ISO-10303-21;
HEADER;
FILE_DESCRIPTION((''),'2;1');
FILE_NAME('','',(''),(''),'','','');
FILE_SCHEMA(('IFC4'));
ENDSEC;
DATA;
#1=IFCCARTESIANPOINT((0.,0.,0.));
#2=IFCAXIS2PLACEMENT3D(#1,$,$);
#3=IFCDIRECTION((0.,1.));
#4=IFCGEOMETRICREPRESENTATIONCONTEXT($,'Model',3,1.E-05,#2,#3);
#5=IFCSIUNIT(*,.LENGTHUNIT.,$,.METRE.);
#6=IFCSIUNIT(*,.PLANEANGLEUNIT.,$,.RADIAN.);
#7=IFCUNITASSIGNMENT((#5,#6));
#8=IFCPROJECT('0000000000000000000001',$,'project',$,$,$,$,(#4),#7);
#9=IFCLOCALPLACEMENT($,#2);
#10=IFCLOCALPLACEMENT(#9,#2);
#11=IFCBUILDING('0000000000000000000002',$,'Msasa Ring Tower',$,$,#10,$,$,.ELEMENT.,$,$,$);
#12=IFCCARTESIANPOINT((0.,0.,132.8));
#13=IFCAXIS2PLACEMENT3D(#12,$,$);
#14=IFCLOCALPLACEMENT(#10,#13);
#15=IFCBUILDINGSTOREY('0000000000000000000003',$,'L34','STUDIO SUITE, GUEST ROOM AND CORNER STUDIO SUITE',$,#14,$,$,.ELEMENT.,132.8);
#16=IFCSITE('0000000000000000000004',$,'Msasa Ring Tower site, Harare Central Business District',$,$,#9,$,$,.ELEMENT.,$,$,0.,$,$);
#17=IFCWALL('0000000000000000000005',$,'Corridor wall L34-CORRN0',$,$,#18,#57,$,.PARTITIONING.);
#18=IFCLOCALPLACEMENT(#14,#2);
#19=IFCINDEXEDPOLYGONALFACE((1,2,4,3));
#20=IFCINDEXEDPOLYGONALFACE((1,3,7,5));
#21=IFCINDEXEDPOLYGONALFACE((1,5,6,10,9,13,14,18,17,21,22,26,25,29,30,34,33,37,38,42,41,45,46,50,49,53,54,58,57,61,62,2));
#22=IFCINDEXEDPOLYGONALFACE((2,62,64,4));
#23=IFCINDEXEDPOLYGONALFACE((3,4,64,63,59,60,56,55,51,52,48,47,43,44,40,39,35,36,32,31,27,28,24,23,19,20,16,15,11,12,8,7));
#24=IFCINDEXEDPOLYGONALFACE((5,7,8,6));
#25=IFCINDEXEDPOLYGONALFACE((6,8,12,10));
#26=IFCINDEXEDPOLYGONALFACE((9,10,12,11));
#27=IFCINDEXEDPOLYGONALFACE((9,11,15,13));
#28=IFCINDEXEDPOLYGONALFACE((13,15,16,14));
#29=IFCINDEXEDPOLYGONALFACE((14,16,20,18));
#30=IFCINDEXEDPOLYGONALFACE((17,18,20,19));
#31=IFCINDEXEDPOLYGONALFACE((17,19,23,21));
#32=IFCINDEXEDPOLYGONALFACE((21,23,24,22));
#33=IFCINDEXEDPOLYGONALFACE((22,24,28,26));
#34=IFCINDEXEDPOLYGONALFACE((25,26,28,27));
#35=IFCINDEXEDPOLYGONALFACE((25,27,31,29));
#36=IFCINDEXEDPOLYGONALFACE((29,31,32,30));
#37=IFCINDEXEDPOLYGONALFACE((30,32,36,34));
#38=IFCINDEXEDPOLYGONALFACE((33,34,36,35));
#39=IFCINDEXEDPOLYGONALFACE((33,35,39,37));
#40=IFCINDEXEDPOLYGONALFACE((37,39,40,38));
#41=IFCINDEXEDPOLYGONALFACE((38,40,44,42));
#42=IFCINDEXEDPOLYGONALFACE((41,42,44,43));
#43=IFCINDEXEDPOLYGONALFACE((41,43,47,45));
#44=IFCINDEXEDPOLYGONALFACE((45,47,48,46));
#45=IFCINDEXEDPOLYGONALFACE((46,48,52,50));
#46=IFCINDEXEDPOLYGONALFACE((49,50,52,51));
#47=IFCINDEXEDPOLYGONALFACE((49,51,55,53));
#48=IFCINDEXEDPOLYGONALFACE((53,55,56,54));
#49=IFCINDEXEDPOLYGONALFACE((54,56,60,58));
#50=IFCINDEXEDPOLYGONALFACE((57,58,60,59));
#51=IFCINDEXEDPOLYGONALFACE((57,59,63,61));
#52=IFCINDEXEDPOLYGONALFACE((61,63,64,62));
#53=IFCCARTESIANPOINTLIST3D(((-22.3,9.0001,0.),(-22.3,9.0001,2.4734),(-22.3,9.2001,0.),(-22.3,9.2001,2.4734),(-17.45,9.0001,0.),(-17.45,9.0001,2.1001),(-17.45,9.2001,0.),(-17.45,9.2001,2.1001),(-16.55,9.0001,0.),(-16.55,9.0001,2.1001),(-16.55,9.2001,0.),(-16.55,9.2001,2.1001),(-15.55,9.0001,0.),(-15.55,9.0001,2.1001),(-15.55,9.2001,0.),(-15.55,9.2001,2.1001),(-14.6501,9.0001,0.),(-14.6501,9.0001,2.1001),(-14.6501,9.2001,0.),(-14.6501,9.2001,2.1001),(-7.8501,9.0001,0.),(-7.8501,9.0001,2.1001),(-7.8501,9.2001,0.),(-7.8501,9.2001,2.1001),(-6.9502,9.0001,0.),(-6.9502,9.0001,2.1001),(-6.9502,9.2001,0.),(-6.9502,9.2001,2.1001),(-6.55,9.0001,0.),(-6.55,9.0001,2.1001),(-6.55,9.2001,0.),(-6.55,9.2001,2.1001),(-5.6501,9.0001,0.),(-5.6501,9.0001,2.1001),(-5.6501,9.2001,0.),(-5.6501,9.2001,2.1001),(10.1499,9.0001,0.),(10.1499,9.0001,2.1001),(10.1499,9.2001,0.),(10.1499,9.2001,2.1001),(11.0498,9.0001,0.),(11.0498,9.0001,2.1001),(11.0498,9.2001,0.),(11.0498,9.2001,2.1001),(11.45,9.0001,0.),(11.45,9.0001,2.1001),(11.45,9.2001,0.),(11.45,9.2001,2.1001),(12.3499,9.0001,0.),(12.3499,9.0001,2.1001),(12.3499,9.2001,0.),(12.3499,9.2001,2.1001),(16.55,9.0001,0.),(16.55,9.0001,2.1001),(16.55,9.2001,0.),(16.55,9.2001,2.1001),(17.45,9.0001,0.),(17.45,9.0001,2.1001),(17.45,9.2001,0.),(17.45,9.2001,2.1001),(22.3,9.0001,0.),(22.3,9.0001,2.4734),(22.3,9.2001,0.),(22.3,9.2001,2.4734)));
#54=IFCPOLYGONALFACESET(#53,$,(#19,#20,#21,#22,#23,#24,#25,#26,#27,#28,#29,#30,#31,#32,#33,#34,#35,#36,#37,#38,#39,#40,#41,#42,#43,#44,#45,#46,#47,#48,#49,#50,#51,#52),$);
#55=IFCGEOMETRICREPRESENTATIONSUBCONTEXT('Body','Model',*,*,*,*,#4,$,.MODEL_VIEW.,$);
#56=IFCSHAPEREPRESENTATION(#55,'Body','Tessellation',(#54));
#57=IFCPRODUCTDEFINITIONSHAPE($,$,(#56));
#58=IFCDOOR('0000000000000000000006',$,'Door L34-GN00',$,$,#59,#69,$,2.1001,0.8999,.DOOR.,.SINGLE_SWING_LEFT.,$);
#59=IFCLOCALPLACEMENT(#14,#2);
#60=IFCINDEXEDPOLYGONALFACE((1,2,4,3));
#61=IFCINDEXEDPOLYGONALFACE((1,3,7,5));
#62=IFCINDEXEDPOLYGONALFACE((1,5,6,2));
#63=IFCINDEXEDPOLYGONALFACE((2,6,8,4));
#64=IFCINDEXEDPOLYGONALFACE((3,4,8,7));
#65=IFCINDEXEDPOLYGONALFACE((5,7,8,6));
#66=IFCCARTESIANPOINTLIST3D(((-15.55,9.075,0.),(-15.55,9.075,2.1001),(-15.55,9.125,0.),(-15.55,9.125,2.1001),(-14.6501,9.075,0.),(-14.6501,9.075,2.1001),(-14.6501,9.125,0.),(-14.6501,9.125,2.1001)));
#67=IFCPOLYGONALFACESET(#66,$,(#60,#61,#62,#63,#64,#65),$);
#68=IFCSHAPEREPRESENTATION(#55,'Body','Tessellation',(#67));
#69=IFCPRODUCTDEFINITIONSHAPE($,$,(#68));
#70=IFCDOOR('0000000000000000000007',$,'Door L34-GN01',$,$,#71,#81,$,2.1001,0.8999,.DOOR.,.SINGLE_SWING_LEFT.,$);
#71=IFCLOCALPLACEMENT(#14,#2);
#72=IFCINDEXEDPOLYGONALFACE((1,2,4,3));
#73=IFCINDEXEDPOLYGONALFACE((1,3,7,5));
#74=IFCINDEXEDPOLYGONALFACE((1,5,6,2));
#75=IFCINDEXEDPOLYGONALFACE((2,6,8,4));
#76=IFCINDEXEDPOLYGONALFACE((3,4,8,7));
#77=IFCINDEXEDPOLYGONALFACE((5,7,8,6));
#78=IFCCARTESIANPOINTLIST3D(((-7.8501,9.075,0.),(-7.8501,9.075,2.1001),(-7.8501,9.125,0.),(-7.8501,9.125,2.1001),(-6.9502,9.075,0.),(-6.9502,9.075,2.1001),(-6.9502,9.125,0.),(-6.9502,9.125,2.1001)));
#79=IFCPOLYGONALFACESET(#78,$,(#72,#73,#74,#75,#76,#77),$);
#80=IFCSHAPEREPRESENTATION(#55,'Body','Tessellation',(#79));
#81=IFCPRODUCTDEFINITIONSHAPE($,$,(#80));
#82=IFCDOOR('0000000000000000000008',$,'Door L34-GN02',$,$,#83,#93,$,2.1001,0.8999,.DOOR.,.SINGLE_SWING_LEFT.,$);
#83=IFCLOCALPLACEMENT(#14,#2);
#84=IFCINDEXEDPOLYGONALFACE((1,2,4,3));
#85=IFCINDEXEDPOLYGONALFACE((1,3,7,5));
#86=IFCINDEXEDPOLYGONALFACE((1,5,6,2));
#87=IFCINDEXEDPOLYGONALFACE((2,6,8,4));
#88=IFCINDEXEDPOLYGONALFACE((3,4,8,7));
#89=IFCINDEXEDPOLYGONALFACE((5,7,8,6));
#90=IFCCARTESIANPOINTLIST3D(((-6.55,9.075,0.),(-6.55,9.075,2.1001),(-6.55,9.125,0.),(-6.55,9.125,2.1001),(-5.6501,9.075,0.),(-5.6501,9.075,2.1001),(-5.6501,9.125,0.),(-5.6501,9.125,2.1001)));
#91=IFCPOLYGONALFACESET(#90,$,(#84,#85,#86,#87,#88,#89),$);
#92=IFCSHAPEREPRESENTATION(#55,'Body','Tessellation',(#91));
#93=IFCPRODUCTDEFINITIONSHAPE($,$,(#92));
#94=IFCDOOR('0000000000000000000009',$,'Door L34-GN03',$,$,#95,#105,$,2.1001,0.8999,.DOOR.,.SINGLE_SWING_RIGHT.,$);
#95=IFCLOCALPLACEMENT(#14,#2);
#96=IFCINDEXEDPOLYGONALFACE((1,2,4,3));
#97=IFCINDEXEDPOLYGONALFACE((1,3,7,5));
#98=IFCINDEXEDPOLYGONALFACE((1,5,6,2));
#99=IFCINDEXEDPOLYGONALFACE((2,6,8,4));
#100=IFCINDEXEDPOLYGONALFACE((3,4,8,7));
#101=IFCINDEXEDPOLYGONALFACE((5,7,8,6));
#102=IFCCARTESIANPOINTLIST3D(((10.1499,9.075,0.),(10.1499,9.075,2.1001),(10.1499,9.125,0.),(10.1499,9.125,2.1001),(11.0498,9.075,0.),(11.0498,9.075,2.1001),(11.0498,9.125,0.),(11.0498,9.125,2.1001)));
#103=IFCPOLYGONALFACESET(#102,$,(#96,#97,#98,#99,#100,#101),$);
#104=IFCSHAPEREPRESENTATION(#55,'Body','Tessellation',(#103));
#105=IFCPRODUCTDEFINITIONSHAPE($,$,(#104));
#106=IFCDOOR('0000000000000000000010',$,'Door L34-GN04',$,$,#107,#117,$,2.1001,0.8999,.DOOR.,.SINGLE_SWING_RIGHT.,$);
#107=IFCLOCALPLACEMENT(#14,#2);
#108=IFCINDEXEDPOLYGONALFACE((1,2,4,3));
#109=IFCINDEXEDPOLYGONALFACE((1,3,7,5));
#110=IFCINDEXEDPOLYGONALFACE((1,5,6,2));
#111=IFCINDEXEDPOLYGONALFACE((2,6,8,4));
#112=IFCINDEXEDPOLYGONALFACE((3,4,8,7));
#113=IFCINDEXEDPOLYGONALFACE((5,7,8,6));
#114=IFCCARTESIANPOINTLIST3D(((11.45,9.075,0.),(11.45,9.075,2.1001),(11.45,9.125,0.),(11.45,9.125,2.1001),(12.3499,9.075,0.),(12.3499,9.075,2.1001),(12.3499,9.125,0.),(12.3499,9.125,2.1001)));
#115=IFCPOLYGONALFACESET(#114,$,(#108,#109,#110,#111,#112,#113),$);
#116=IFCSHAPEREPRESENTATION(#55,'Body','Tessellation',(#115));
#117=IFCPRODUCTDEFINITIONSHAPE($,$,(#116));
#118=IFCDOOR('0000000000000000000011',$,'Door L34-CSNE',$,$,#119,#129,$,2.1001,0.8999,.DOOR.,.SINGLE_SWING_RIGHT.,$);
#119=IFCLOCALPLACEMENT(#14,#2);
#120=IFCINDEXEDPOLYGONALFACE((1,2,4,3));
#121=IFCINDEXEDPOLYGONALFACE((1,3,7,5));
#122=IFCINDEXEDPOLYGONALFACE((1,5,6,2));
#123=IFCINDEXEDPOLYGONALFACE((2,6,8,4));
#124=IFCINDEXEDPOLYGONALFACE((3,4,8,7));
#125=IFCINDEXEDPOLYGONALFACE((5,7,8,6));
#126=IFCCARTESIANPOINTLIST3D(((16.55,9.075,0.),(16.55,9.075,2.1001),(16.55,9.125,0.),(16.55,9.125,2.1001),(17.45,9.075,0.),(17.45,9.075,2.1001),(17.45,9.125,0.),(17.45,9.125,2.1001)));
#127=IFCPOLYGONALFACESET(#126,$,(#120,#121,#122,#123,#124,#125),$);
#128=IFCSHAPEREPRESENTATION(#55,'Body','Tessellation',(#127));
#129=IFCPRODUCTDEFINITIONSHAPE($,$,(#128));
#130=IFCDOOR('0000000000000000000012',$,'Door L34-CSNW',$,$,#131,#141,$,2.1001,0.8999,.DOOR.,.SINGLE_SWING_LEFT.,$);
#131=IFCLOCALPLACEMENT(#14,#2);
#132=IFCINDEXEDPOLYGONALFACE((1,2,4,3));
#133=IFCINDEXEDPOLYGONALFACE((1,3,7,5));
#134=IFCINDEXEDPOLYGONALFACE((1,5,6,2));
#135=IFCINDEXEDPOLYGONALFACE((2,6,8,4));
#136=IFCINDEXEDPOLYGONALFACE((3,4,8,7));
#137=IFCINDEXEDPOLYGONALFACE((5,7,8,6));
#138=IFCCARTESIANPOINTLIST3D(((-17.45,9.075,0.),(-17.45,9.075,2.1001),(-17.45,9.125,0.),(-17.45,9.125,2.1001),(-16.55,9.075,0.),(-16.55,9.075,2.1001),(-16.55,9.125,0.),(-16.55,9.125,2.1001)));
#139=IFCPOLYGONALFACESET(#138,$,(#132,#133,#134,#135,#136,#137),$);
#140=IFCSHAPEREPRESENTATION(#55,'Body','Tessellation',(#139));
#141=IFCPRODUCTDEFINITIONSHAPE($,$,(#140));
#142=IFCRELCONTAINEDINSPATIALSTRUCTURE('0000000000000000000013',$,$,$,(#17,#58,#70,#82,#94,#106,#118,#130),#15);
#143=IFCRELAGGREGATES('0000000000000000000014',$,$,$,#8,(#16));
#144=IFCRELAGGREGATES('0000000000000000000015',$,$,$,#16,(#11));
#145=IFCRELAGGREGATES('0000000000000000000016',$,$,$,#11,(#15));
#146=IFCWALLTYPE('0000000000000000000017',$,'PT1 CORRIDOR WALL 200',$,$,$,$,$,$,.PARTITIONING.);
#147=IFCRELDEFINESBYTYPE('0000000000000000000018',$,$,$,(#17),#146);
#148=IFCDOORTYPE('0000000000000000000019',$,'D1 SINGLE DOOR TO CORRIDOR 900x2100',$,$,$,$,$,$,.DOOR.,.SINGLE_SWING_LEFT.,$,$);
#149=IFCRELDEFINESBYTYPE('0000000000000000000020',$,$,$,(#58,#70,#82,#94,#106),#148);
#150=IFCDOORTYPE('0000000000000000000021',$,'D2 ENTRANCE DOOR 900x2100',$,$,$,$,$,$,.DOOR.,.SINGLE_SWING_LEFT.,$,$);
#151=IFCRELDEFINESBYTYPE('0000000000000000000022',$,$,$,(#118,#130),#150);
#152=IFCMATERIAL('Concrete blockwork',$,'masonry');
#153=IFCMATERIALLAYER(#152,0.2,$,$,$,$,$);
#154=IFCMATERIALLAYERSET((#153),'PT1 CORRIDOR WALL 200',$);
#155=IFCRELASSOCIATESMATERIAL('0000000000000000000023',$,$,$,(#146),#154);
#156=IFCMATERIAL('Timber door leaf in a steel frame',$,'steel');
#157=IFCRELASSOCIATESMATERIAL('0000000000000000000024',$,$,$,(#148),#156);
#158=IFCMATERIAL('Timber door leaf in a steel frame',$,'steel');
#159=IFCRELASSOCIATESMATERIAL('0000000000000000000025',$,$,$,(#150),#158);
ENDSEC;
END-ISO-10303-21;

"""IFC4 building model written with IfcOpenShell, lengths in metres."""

from ifc_helpers import new_model, si_unit, direction, frame, frame_2d, origin, place, context, subcontext, project, spatial, rectangle, extrude, material, layer, layer_set, type_object, element, fill, save


model = new_model("IFC4")

# Units and contexts
model_context = context("Model", 3, precision=1e-05, world=origin(), true_north=direction((0.0, 1.0)))
body_context = subcontext(model_context, "Body", "Model", "MODEL_VIEW")
ifc_project = project(units=[si_unit("LENGTHUNIT", "METRE"), si_unit("PLANEANGLEUNIT", "RADIAN")], contexts=[model_context])

# Site, building, storey
site_placement = place(None, origin())
site = spatial("IfcSite", under=ifc_project, at=site_placement, Name="Msasa Ring Tower site, Harare Central Business District", CompositionType="ELEMENT", RefElevation=0.0)
building_placement = place(site_placement, origin())
building = spatial("IfcBuilding", under=site, at=building_placement, Name="Msasa Ring Tower", CompositionType="ELEMENT")
storey_placement = place(building_placement, frame((0.0, 0.0, 132.8)))
storey = spatial("IfcBuildingStorey", under=building, at=storey_placement, Name="L34", Description="STUDIO SUITE, GUEST ROOM AND CORNER STUDIO SUITE", CompositionType="ELEMENT", Elevation=132.8)

# Wall, openings, doors
ifc_material_1 = material(Name="Concrete blockwork", Category="masonry")
ifc_layer_1 = layer(ifc_material_1, 0.2)
ifc_layer_set_1 = layer_set([ifc_layer_1], Name="PT1 CORRIDOR WALL 200")
wall_type_1 = type_object("IfcWallType", Name="PT1 CORRIDOR WALL 200", PredefinedType="PARTITIONING", material=ifc_layer_set_1)
wall_1_placement = place(storey_placement, frame((-22.3, 9.1001, 0.0), z_axis=(0.0, 0.0, 1.0), x_axis=(1.0, 0.0, 0.0)))
wall_1 = element("IfcWall", 1, at=wall_1_placement, inside=storey, type_object=wall_type_1, Name="Corridor wall L34-CORRN0", PredefinedType="PARTITIONING", context=body_context, shape_type="SweptSolid", body=[
    extrude(rectangle(XDim=44.6001, YDim=0.2, at=frame_2d((22.3, 0.0))), origin(), (0.0, 0.0, 1.0), 2.4734),
])
opening_1_placement = place(wall_1_placement, frame((6.75, 0.0, 0.0)))
opening_1 = element("IfcOpeningElement", 2, at=opening_1_placement, cuts=wall_1, PredefinedType="OPENING", context=body_context, shape_type="SweptSolid", body=[
    extrude(rectangle(XDim=0.8999, YDim=2.1001, at=frame_2d((0.45, 1.05))), frame((0.0, 0.1099, 0.0), z_axis=(0.0, -1.0, 0.0), x_axis=(1.0, 0.0, 0.0)), (0.0, 0.0, 1.0), 0.22),
])
opening_2_placement = place(wall_1_placement, frame((14.45, 0.0, 0.0)))
opening_2 = element("IfcOpeningElement", 3, at=opening_2_placement, cuts=wall_1, PredefinedType="OPENING", context=body_context, shape_type="SweptSolid", body=[
    extrude(rectangle(XDim=0.8999, YDim=2.1001, at=frame_2d((0.45, 1.05))), frame((0.0, 0.1099, 0.0), z_axis=(0.0, -1.0, 0.0), x_axis=(1.0, 0.0, 0.0)), (0.0, 0.0, 1.0), 0.22),
])
opening_3_placement = place(wall_1_placement, frame((15.75, 0.0, 0.0)))
opening_3 = element("IfcOpeningElement", 4, at=opening_3_placement, cuts=wall_1, PredefinedType="OPENING", context=body_context, shape_type="SweptSolid", body=[
    extrude(rectangle(XDim=0.8999, YDim=2.1001, at=frame_2d((0.45, 1.05))), frame((0.0, 0.1099, 0.0), z_axis=(0.0, -1.0, 0.0), x_axis=(1.0, 0.0, 0.0)), (0.0, 0.0, 1.0), 0.22),
])
opening_4_placement = place(wall_1_placement, frame((32.45, 0.0, 0.0)))
opening_4 = element("IfcOpeningElement", 5, at=opening_4_placement, cuts=wall_1, PredefinedType="OPENING", context=body_context, shape_type="SweptSolid", body=[
    extrude(rectangle(XDim=0.8999, YDim=2.1001, at=frame_2d((0.45, 1.05))), frame((0.0, 0.1099, 0.0), z_axis=(0.0, -1.0, 0.0), x_axis=(1.0, 0.0, 0.0)), (0.0, 0.0, 1.0), 0.22),
])
opening_5_placement = place(wall_1_placement, frame((33.75, 0.0, 0.0)))
opening_5 = element("IfcOpeningElement", 6, at=opening_5_placement, cuts=wall_1, PredefinedType="OPENING", context=body_context, shape_type="SweptSolid", body=[
    extrude(rectangle(XDim=0.8999, YDim=2.1001, at=frame_2d((0.45, 1.05))), frame((0.0, 0.1099, 0.0), z_axis=(0.0, -1.0, 0.0), x_axis=(1.0, 0.0, 0.0)), (0.0, 0.0, 1.0), 0.22),
])
opening_6_placement = place(wall_1_placement, frame((38.8501, 0.0, 0.0)))
opening_6 = element("IfcOpeningElement", 7, at=opening_6_placement, cuts=wall_1, PredefinedType="OPENING", context=body_context, shape_type="SweptSolid", body=[
    extrude(rectangle(XDim=0.8999, YDim=2.1001, at=frame_2d((0.45, 1.05))), frame((0.0, 0.1099, 0.0), z_axis=(0.0, -1.0, 0.0), x_axis=(1.0, 0.0, 0.0)), (0.0, 0.0, 1.0), 0.22),
])
opening_7_placement = place(wall_1_placement, frame((4.8501, 0.0, 0.0)))
opening_7 = element("IfcOpeningElement", 8, at=opening_7_placement, cuts=wall_1, PredefinedType="OPENING", context=body_context, shape_type="SweptSolid", body=[
    extrude(rectangle(XDim=0.8999, YDim=2.1001, at=frame_2d((0.45, 1.05))), frame((0.0, 0.1099, 0.0), z_axis=(0.0, -1.0, 0.0), x_axis=(1.0, 0.0, 0.0)), (0.0, 0.0, 1.0), 0.22),
])
ifc_material_2 = material(Name="Timber door leaf in a steel frame", Category="steel")
door_type_1 = type_object("IfcDoorType", Name="D1 SINGLE DOOR TO CORRIDOR 900x2100", OperationType="SINGLE_SWING_LEFT", PredefinedType="DOOR", material=ifc_material_2)
door_1_placement = place(opening_1_placement, origin())
door_1 = element("IfcDoor", 9, at=door_1_placement, inside=storey, type_object=door_type_1, Name="Door L34-GN00", OperationType="SINGLE_SWING_LEFT", OverallHeight=2.1001, OverallWidth=0.8999, PredefinedType="DOOR", context=body_context, shape_type="SweptSolid", body=[
    extrude(rectangle(XDim=0.8999, YDim=2.1001, at=frame_2d((0.45, 1.05))), frame((0.0, 0.0249, 0.0), z_axis=(0.0, -1.0, 0.0), x_axis=(1.0, 0.0, 0.0)), (0.0, 0.0, 1.0), 0.05),
])
fill(opening_1, door_1)
door_2_placement = place(opening_2_placement, origin())
door_2 = element("IfcDoor", 10, at=door_2_placement, inside=storey, type_object=door_type_1, Name="Door L34-GN01", OperationType="SINGLE_SWING_LEFT", OverallHeight=2.1001, OverallWidth=0.8999, PredefinedType="DOOR", context=body_context, shape_type="SweptSolid", body=[
    extrude(rectangle(XDim=0.8999, YDim=2.1001, at=frame_2d((0.45, 1.05))), frame((0.0, 0.0249, 0.0), z_axis=(0.0, -1.0, 0.0), x_axis=(1.0, 0.0, 0.0)), (0.0, 0.0, 1.0), 0.05),
])
fill(opening_2, door_2)
door_3_placement = place(opening_3_placement, origin())
door_3 = element("IfcDoor", 11, at=door_3_placement, inside=storey, type_object=door_type_1, Name="Door L34-GN02", OperationType="SINGLE_SWING_LEFT", OverallHeight=2.1001, OverallWidth=0.8999, PredefinedType="DOOR", context=body_context, shape_type="SweptSolid", body=[
    extrude(rectangle(XDim=0.8999, YDim=2.1001, at=frame_2d((0.45, 1.05))), frame((0.0, 0.0249, 0.0), z_axis=(0.0, -1.0, 0.0), x_axis=(1.0, 0.0, 0.0)), (0.0, 0.0, 1.0), 0.05),
])
fill(opening_3, door_3)
door_4_placement = place(opening_4_placement, origin())
door_4 = element("IfcDoor", 12, at=door_4_placement, inside=storey, type_object=door_type_1, Name="Door L34-GN03", OperationType="SINGLE_SWING_RIGHT", OverallHeight=2.1001, OverallWidth=0.8999, PredefinedType="DOOR", context=body_context, shape_type="SweptSolid", body=[
    extrude(rectangle(XDim=0.8999, YDim=2.1001, at=frame_2d((0.45, 1.05))), frame((0.0, 0.0249, 0.0), z_axis=(0.0, -1.0, 0.0), x_axis=(1.0, 0.0, 0.0)), (0.0, 0.0, 1.0), 0.05),
])
fill(opening_4, door_4)
door_5_placement = place(opening_5_placement, origin())
door_5 = element("IfcDoor", 13, at=door_5_placement, inside=storey, type_object=door_type_1, Name="Door L34-GN04", OperationType="SINGLE_SWING_RIGHT", OverallHeight=2.1001, OverallWidth=0.8999, PredefinedType="DOOR", context=body_context, shape_type="SweptSolid", body=[
    extrude(rectangle(XDim=0.8999, YDim=2.1001, at=frame_2d((0.45, 1.05))), frame((0.0, 0.0249, 0.0), z_axis=(0.0, -1.0, 0.0), x_axis=(1.0, 0.0, 0.0)), (0.0, 0.0, 1.0), 0.05),
])
fill(opening_5, door_5)
ifc_material_3 = material(Name="Timber door leaf in a steel frame", Category="steel")
door_type_2 = type_object("IfcDoorType", Name="D2 ENTRANCE DOOR 900x2100", OperationType="SINGLE_SWING_LEFT", PredefinedType="DOOR", material=ifc_material_3)
door_6_placement = place(opening_6_placement, origin())
door_6 = element("IfcDoor", 14, at=door_6_placement, inside=storey, type_object=door_type_2, Name="Door L34-CSNE", OperationType="SINGLE_SWING_RIGHT", OverallHeight=2.1001, OverallWidth=0.8999, PredefinedType="DOOR", context=body_context, shape_type="SweptSolid", body=[
    extrude(rectangle(XDim=0.8999, YDim=2.1001, at=frame_2d((0.45, 1.05))), frame((0.0, 0.0249, 0.0), z_axis=(0.0, -1.0, 0.0), x_axis=(1.0, 0.0, 0.0)), (0.0, 0.0, 1.0), 0.05),
])
fill(opening_6, door_6)
door_7_placement = place(opening_7_placement, origin())
door_7 = element("IfcDoor", 15, at=door_7_placement, inside=storey, type_object=door_type_2, Name="Door L34-CSNW", OperationType="SINGLE_SWING_LEFT", OverallHeight=2.1001, OverallWidth=0.8999, PredefinedType="DOOR", context=body_context, shape_type="SweptSolid", body=[
    extrude(rectangle(XDim=0.8999, YDim=2.1001, at=frame_2d((0.45, 1.05))), frame((0.0, 0.0249, 0.0), z_axis=(0.0, -1.0, 0.0), x_axis=(1.0, 0.0, 0.0)), (0.0, 0.0, 1.0), 0.05),
])
fill(opening_7, door_7)

save(model, "model.ifc")
